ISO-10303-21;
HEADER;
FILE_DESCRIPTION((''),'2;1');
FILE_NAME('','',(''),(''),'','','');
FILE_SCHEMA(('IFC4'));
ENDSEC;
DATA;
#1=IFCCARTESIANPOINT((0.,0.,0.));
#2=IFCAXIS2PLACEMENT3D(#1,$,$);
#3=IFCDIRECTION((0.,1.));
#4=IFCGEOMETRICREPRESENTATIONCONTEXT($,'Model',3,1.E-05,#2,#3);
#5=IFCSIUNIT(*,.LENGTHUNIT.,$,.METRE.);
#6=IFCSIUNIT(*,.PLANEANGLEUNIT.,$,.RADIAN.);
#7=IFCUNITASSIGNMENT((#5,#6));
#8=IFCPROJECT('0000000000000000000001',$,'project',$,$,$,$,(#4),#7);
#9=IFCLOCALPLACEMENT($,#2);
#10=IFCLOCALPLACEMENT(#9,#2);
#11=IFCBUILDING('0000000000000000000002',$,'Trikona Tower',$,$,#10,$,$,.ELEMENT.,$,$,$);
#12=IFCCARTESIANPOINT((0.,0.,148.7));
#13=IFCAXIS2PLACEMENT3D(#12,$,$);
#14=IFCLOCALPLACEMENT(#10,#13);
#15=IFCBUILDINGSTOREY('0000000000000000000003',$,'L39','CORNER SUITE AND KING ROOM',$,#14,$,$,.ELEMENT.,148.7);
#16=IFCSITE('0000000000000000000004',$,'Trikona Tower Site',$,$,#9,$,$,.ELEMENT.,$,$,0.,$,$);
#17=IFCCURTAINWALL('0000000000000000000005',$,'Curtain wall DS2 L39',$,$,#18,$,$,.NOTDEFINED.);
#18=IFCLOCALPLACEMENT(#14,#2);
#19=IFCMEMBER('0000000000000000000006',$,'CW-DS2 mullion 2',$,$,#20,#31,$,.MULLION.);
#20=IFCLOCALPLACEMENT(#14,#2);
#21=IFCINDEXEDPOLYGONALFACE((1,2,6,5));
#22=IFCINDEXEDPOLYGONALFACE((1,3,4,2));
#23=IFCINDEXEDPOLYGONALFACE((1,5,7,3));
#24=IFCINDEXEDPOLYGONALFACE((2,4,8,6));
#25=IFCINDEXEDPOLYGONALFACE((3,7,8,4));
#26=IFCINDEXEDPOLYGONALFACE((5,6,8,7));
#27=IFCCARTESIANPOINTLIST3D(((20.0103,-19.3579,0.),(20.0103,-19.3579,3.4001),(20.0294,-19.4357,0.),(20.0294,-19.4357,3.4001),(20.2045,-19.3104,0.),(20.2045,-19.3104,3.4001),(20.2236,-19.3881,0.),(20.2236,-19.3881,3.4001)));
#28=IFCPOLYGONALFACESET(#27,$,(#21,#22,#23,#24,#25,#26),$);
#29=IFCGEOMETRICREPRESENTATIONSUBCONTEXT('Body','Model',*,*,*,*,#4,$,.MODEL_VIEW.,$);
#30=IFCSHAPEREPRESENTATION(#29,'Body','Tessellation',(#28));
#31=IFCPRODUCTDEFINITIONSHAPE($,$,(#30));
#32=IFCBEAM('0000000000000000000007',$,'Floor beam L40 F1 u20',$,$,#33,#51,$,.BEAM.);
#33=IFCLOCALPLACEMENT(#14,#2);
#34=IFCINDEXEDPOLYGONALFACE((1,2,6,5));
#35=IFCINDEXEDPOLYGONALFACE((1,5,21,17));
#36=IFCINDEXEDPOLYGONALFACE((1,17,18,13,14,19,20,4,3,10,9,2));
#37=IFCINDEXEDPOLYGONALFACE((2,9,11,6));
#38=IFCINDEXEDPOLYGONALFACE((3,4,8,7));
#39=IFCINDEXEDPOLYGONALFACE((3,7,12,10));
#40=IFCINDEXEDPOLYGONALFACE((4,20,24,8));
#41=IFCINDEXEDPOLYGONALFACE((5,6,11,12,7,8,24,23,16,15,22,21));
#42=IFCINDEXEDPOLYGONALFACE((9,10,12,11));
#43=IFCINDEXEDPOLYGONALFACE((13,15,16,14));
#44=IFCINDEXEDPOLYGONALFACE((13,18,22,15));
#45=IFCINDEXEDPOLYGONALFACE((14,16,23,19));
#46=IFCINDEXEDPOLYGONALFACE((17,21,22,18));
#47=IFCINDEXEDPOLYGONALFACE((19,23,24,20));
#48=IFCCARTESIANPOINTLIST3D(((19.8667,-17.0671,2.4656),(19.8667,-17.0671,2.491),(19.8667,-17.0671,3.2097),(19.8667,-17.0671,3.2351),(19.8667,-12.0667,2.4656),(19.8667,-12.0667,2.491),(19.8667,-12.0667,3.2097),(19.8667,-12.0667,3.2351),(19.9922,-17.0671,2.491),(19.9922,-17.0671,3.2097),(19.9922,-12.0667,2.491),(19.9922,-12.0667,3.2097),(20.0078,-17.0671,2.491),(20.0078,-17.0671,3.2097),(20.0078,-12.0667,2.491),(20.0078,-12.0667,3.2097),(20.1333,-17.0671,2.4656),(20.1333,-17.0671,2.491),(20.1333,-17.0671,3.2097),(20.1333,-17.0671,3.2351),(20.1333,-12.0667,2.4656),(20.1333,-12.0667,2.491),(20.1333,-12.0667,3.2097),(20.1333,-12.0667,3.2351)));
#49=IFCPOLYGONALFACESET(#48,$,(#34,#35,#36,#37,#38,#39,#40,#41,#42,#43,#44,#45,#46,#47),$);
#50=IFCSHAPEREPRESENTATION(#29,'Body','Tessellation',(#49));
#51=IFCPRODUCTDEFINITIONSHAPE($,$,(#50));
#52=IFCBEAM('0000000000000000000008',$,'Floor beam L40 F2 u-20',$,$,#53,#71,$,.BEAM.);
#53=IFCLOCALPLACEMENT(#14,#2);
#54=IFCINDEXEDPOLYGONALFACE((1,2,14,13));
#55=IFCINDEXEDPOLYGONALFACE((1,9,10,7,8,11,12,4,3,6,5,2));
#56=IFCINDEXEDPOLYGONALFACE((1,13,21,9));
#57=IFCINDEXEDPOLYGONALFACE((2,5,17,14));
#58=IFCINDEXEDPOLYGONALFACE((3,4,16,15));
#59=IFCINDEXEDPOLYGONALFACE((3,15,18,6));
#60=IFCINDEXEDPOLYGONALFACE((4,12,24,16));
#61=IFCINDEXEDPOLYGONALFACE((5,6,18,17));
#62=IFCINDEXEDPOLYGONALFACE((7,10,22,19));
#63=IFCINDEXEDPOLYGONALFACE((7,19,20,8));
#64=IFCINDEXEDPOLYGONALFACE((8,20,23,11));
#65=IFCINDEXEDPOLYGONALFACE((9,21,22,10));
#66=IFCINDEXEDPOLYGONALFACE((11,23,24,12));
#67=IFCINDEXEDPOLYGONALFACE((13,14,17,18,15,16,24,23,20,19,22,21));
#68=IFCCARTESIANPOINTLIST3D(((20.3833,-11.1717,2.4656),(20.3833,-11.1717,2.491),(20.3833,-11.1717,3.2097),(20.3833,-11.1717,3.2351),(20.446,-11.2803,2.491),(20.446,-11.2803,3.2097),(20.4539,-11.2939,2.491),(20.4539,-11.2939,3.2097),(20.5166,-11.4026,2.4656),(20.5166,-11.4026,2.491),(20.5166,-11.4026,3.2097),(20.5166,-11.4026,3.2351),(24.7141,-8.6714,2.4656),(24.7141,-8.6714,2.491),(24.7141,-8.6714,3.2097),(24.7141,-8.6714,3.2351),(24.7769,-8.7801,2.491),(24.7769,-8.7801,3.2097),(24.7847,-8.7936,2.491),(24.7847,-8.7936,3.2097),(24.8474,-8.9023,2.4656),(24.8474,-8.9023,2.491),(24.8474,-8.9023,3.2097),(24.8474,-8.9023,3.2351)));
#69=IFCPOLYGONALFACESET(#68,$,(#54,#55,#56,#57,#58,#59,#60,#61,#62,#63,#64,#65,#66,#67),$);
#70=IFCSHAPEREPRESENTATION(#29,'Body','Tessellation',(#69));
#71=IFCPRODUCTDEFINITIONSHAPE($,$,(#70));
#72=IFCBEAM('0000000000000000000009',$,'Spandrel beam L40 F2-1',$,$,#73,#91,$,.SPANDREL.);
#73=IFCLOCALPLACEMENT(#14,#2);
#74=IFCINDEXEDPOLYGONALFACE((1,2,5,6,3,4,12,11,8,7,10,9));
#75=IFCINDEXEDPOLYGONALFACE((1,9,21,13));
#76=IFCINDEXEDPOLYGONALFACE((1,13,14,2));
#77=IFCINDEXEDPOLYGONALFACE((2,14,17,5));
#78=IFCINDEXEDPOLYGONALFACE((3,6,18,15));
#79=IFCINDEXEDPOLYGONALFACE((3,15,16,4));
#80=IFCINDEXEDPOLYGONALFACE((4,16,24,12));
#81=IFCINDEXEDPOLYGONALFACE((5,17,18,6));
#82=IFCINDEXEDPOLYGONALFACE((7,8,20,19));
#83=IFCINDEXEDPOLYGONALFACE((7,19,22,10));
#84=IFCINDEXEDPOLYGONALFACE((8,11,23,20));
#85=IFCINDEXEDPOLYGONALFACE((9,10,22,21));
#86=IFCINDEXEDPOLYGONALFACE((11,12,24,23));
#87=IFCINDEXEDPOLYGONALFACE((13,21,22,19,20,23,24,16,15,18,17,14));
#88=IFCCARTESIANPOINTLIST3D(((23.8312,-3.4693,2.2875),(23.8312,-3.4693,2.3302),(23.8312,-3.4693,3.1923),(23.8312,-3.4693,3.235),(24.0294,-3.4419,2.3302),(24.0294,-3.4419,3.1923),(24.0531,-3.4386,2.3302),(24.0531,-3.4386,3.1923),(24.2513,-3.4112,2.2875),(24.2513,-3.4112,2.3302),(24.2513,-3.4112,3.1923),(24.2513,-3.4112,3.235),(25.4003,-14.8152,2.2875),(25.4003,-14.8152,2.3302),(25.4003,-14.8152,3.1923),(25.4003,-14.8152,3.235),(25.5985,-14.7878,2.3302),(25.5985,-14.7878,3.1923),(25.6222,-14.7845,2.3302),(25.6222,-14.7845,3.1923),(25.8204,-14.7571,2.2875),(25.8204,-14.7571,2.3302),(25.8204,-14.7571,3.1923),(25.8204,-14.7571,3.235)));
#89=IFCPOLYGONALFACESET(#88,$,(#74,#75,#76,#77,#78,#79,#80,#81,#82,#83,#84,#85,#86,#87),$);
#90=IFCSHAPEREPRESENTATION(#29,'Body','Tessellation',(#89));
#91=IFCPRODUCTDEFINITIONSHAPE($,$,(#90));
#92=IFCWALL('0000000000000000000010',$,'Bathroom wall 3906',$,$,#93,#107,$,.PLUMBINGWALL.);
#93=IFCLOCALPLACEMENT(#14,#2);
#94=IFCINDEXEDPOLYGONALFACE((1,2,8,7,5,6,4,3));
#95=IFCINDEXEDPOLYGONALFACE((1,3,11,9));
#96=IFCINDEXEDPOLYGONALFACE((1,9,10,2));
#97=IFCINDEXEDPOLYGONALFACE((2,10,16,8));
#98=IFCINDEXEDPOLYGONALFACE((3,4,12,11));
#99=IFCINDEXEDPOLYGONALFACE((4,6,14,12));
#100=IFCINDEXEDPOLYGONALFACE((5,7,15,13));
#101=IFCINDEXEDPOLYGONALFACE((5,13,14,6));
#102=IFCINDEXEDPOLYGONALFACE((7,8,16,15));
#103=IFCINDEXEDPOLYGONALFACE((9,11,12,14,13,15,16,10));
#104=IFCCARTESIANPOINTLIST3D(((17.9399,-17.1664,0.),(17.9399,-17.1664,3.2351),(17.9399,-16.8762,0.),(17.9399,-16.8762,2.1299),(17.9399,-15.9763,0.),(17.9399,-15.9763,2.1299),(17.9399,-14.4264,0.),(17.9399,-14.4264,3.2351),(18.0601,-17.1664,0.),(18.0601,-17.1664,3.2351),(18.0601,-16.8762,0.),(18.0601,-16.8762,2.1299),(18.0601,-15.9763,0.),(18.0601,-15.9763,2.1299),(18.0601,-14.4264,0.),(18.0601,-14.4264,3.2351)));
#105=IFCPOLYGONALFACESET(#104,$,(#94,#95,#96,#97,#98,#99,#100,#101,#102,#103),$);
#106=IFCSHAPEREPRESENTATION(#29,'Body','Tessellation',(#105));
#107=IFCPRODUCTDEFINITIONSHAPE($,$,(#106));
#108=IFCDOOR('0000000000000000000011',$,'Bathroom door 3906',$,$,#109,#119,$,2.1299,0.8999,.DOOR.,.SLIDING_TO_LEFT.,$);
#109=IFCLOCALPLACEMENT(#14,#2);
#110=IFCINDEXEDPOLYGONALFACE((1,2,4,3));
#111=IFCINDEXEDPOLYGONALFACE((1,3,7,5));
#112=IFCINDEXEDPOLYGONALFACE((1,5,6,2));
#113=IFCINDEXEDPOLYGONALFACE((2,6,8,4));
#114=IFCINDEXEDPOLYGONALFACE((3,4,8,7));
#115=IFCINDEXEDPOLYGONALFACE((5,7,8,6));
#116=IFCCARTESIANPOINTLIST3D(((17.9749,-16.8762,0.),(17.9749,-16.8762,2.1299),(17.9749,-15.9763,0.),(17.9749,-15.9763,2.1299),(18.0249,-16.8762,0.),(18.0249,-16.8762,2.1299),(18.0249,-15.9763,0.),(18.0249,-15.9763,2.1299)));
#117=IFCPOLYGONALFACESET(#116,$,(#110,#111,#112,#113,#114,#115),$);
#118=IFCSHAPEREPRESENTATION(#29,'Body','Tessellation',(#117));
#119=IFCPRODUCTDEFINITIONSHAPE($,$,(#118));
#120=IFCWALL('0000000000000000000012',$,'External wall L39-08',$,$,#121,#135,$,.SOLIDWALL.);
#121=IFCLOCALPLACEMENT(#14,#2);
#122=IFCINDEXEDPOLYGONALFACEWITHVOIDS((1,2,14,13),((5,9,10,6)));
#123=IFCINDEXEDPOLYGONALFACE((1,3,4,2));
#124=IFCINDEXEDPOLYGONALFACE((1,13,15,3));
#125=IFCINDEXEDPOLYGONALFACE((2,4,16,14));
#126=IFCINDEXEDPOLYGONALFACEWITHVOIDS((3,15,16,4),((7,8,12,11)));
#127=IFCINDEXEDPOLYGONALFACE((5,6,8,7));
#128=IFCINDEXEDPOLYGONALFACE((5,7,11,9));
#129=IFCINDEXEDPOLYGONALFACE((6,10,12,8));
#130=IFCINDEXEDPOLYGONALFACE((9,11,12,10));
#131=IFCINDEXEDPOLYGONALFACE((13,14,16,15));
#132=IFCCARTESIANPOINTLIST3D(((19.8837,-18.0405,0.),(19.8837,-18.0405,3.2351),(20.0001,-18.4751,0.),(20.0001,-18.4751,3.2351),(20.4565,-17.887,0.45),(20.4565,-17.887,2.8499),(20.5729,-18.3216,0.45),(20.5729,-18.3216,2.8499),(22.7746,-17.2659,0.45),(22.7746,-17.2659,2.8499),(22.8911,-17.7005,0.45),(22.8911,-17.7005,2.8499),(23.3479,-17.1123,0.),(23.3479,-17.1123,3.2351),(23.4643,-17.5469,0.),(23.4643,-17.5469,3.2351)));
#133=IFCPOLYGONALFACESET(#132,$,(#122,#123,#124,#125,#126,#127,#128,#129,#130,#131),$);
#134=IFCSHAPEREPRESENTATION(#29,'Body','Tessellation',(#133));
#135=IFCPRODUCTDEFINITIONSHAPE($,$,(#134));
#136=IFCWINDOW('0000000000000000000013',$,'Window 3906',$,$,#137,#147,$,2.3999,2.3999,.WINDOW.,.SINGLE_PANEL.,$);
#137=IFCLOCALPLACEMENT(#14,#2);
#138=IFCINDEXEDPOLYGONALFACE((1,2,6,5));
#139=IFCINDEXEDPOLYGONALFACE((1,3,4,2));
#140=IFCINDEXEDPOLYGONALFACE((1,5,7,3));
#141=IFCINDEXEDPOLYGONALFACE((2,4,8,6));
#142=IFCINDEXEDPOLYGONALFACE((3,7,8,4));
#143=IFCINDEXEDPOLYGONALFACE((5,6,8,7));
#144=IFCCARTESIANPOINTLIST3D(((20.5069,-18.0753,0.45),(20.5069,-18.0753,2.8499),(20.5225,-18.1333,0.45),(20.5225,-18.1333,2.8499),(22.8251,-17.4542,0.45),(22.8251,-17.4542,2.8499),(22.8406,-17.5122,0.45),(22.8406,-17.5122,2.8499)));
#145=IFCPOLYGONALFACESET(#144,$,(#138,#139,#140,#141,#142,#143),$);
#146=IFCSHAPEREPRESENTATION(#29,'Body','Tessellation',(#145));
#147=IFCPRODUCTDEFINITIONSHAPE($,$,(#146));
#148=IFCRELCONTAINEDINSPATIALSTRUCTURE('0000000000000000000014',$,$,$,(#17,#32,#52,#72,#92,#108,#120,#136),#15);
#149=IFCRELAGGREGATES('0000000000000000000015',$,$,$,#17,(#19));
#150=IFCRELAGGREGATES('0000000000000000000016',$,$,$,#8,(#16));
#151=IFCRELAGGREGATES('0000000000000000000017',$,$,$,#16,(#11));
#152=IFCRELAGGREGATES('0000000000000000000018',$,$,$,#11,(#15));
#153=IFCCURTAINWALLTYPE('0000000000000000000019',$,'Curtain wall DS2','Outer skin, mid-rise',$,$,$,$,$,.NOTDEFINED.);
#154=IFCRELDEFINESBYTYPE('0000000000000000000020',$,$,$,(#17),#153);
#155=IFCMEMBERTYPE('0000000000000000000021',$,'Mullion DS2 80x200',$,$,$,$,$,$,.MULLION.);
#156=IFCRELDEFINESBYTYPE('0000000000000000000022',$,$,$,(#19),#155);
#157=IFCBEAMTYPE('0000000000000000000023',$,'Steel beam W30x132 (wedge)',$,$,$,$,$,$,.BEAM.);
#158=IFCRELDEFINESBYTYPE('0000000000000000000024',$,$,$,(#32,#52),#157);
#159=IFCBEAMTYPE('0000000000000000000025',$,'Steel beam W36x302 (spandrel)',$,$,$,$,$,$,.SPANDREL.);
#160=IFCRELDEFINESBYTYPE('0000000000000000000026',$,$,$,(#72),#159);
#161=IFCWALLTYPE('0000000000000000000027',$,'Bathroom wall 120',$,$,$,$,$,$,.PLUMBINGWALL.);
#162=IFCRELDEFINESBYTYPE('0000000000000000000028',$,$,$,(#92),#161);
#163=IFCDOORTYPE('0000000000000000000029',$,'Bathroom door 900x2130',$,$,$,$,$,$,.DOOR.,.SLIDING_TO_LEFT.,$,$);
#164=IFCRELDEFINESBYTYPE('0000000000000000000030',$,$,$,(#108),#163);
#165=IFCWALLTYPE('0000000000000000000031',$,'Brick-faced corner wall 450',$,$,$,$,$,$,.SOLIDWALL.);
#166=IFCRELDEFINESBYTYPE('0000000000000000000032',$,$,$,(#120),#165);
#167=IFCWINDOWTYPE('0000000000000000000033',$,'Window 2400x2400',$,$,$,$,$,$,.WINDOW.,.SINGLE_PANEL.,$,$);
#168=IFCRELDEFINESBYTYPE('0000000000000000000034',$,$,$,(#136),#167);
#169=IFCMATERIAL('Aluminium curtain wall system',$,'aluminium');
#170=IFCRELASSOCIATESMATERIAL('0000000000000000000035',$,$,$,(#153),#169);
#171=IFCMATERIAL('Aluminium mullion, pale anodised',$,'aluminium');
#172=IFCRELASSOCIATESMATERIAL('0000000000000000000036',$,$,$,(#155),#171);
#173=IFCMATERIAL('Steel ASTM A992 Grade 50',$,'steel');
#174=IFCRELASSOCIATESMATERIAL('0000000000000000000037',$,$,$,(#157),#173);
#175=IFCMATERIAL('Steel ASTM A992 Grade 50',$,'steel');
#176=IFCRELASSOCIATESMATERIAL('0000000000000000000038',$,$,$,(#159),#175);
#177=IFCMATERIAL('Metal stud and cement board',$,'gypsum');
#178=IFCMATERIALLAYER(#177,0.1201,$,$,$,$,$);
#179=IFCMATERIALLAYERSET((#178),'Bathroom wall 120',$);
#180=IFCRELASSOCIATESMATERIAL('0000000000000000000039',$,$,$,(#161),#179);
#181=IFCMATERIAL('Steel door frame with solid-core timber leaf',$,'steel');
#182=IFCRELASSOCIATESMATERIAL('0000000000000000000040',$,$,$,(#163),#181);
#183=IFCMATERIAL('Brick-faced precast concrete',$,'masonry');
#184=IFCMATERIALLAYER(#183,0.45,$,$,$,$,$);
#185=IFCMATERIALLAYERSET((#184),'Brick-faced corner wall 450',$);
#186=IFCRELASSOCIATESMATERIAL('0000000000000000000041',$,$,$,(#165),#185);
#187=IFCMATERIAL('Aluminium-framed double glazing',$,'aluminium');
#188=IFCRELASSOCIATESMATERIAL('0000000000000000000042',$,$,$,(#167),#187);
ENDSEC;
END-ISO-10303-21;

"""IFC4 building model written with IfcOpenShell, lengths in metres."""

from ifc_helpers import new_model, si_unit, direction, frame, frame_2d, origin, origin_2d, place, context, subcontext, project, spatial, rectangle, i_section, extrude, material, layer, layer_set, material_profile, profile_set, type_object, element, fill, aggregate, save


model = new_model("IFC4")

# Units and contexts
model_context = context("Model", 3, precision=1e-05, world=origin(), true_north=direction((0.0, 1.0)))
body_context = subcontext(model_context, "Body", "Model", "MODEL_VIEW")
ifc_project = project(units=[si_unit("LENGTHUNIT", "METRE"), si_unit("PLANEANGLEUNIT", "RADIAN")], contexts=[model_context])

# Site, building, storey
site_placement = place(None, origin())
site = spatial("IfcSite", under=ifc_project, at=site_placement, Name="Trikona Tower Site", CompositionType="ELEMENT", RefElevation=0.0)
building_placement = place(site_placement, origin())
building = spatial("IfcBuilding", under=site, at=building_placement, Name="Trikona Tower", CompositionType="ELEMENT")
storey_placement = place(building_placement, frame((0.0, 0.0, 148.7)))
storey = spatial("IfcBuildingStorey", under=building, at=storey_placement, Name="L39", Description="CORNER SUITE AND KING ROOM", CompositionType="ELEMENT", Elevation=148.7)

# Curtain wall, member
ifc_material_1 = material(Name="Aluminium curtain wall system", Category="aluminium")
curtain_wall_type = type_object("IfcCurtainWallType", Name="Curtain wall DS2", Description="Outer skin, mid-rise", PredefinedType="NOTDEFINED", material=ifc_material_1)
curtain_wall_placement = place(storey_placement, origin())
curtain_wall = element("IfcCurtainWall", 1, at=curtain_wall_placement, inside=storey, type_object=curtain_wall_type, Name="Curtain wall DS2 L39", PredefinedType="NOTDEFINED")
ifc_material_2 = material(Name="Aluminium mullion, pale anodised", Category="aluminium")
ifc_material_profile_1 = material_profile(ifc_material_2, rectangle(XDim=0.0801, YDim=0.2, at=origin_2d()), Name="MUL-DS2")
ifc_profile_set_1 = profile_set([ifc_material_profile_1], Name="Aluminium mullion, pale anodised")
member_type = type_object("IfcMemberType", Name="Mullion DS2 80x200", PredefinedType="MULLION", material=ifc_profile_set_1)
member_placement = place(storey_placement, frame((20.1169, -19.373, 0.0), z_axis=(0.0, 0.0, 1.0), x_axis=(-0.23797, 0.971272, 0.0)))
member = element("IfcMember", 2, at=member_placement, type_object=member_type, Name="CW-DS2 mullion 2", PredefinedType="MULLION", context=body_context, shape_type="SweptSolid", body=[
    extrude(rectangle(XDim=0.0801, YDim=0.2, at=origin_2d()), origin(), (0.0, 0.0, 1.0), 3.4001),
])
aggregate(curtain_wall, [member])

# Beams
ifc_material_3 = material(Name="Steel ASTM A992 Grade 50", Category="steel")
ifc_material_profile_2 = material_profile(ifc_material_3, i_section(OverallWidth=0.2666, OverallDepth=0.7695, WebThickness=0.0156, FlangeThickness=0.0254, at=origin_2d()), Name="W30X132")
ifc_profile_set_2 = profile_set([ifc_material_profile_2], Name="Steel ASTM A992 Grade 50")
beam_type_1 = type_object("IfcBeamType", Name="Steel beam W30x132 (wedge)", PredefinedType="BEAM", material=ifc_profile_set_2)
beam_1_placement = place(storey_placement, frame((20.0, -12.0667, 2.8503), z_axis=(0.0, -1.0, 0.0), x_axis=(1.0, 0.0, 0.0)))
element("IfcBeam", 3, at=beam_1_placement, inside=storey, type_object=beam_type_1, Name="Floor beam L40 F1 u20", PredefinedType="BEAM", context=body_context, shape_type="SweptSolid", body=[
    extrude(i_section(OverallWidth=0.2666, OverallDepth=0.7695, WebThickness=0.0156, FlangeThickness=0.0254, at=origin_2d()), origin(), (0.0, 0.0, 1.0), 5.0005),
])
beam_2_placement = place(storey_placement, frame((20.45, -11.2871, 2.8503), z_axis=(0.866038, 0.499977, 0.0), x_axis=(-0.499977, 0.866038, 0.0)))
element("IfcBeam", 4, at=beam_2_placement, inside=storey, type_object=beam_type_1, Name="Floor beam L40 F2 u-20", PredefinedType="BEAM", context=body_context, shape_type="SweptSolid", body=[
    extrude(i_section(OverallWidth=0.2666, OverallDepth=0.7695, WebThickness=0.0156, FlangeThickness=0.0254, at=origin_2d()), origin(), (0.0, 0.0, 1.0), 5.0007),
])
ifc_material_4 = material(Name="Steel ASTM A992 Grade 50", Category="steel")
ifc_material_profile_3 = material_profile(ifc_material_4, i_section(OverallWidth=0.4241, OverallDepth=0.9475, WebThickness=0.0239, FlangeThickness=0.0427, at=origin_2d()), Name="W36X302")
ifc_profile_set_3 = profile_set([ifc_material_profile_3], Name="Steel ASTM A992 Grade 50")
beam_type_2 = type_object("IfcBeamType", Name="Steel beam W36x302 (spandrel)", PredefinedType="SPANDREL", material=ifc_profile_set_3)
beam_3_placement = place(storey_placement, frame((25.6104, -14.7861, 2.7612), z_axis=(-0.136992, 0.990572, 0.0), x_axis=(-0.990572, -0.136992, 0.0)))
element("IfcBeam", 5, at=beam_3_placement, inside=storey, type_object=beam_type_2, Name="Spandrel beam L40 F2-1", PredefinedType="SPANDREL", context=body_context, shape_type="SweptSolid", body=[
    extrude(i_section(OverallWidth=0.4241, OverallDepth=0.9475, WebThickness=0.0239, FlangeThickness=0.0427, at=origin_2d()), origin(), (0.0, 0.0, 1.0), 11.4539),
])

# Wall, opening, door
ifc_material_5 = material(Name="Metal stud and cement board", Category="gypsum")
ifc_layer_1 = layer(ifc_material_5, 0.1201)
ifc_layer_set_1 = layer_set([ifc_layer_1], Name="Bathroom wall 120")
wall_type_1 = type_object("IfcWallType", Name="Bathroom wall 120", PredefinedType="PLUMBINGWALL", material=ifc_layer_set_1)
wall_1_placement = place(storey_placement, frame((18.0, -14.4263, 0.0), z_axis=(0.0, 0.0, 1.0), x_axis=(0.0, -1.0, 0.0)))
wall_1 = element("IfcWall", 6, at=wall_1_placement, inside=storey, type_object=wall_type_1, Name="Bathroom wall 3906", PredefinedType="PLUMBINGWALL", context=body_context, shape_type="SweptSolid", body=[
    extrude(rectangle(XDim=2.74, YDim=0.1201, at=frame_2d((1.3701, 0.0))), origin(), (0.0, 0.0, 1.0), 3.2351),
])
opening_1_placement = place(wall_1_placement, frame((1.55, 0.0, 0.0)))
opening_1 = element("IfcOpeningElement", 7, at=opening_1_placement, cuts=wall_1, PredefinedType="OPENING", context=body_context, shape_type="SweptSolid", body=[
    extrude(rectangle(XDim=0.8999, YDim=2.1299, at=frame_2d((0.45, 1.0649))), frame((0.0, 0.0701, 0.0), z_axis=(0.0, -1.0, 0.0), x_axis=(1.0, 0.0, 0.0)), (0.0, 0.0, 1.0), 0.1401),
])
ifc_material_6 = material(Name="Steel door frame with solid-core timber leaf", Category="steel")
door_type_1 = type_object("IfcDoorType", Name="Bathroom door 900x2130", OperationType="SLIDING_TO_LEFT", PredefinedType="DOOR", material=ifc_material_6)
door_1_placement = place(opening_1_placement, origin())
door_1 = element("IfcDoor", 8, at=door_1_placement, inside=storey, type_object=door_type_1, Name="Bathroom door 3906", OperationType="SLIDING_TO_LEFT", OverallHeight=2.1299, OverallWidth=0.8999, PredefinedType="DOOR", context=body_context, shape_type="SweptSolid", body=[
    extrude(rectangle(XDim=0.8999, YDim=2.1299, at=frame_2d((0.45, 1.0649))), frame((0.0, 0.0249, 0.0), z_axis=(0.0, -1.0, 0.0), x_axis=(1.0, 0.0, 0.0)), (0.0, 0.0, 1.0), 0.05),
])
fill(opening_1, door_1)

# Wall, opening, window
ifc_material_7 = material(Name="Brick-faced precast concrete", Category="masonry")
ifc_layer_2 = layer(ifc_material_7, 0.45)
ifc_layer_set_2 = layer_set([ifc_layer_2], Name="Brick-faced corner wall 450")
wall_type_2 = type_object("IfcWallType", Name="Brick-faced corner wall 450", PredefinedType="SOLIDWALL", material=ifc_layer_set_2)
wall_2_placement = place(storey_placement, frame((19.9419, -18.2578, 0.0), z_axis=(0.0, 0.0, 1.0), x_axis=(0.965925, 0.258823, 0.0)))
wall_2 = element("IfcWall", 9, at=wall_2_placement, inside=storey, type_object=wall_type_2, Name="External wall L39-08", PredefinedType="SOLIDWALL", context=body_context, shape_type="SweptSolid", body=[
    extrude(rectangle(XDim=3.5864, YDim=0.45, at=frame_2d((1.7932, 0.0))), origin(), (0.0, 0.0, 1.0), 3.2351),
])
opening_2_placement = place(wall_2_placement, frame((0.593, 0.0, 0.45)))
opening_2 = element("IfcOpeningElement", 10, at=opening_2_placement, cuts=wall_2, PredefinedType="OPENING", context=body_context, shape_type="SweptSolid", body=[
    extrude(rectangle(XDim=2.3999, YDim=2.3999, at=frame_2d((1.2, 1.2))), frame((0.0, 0.2349, 0.0), z_axis=(0.0, -1.0, 0.0), x_axis=(1.0, 0.0, 0.0)), (0.0, 0.0, 1.0), 0.47),
])
ifc_material_8 = material(Name="Aluminium-framed double glazing", Category="aluminium")
window_type_1 = type_object("IfcWindowType", Name="Window 2400x2400", PartitioningType="SINGLE_PANEL", PredefinedType="WINDOW", material=ifc_material_8)
window_1_placement = place(opening_2_placement, origin())
window_1 = element("IfcWindow", 11, at=window_1_placement, inside=storey, type_object=window_type_1, Name="Window 3906", OverallHeight=2.3999, OverallWidth=2.3999, PartitioningType="SINGLE_PANEL", PredefinedType="WINDOW", context=body_context, shape_type="SweptSolid", body=[
    extrude(rectangle(XDim=2.3999, YDim=2.3999, at=frame_2d((1.2, 1.2))), frame((0.0, 0.03, 0.0), z_axis=(0.0, -1.0, 0.0), x_axis=(1.0, 0.0, 0.0)), (0.0, 0.0, 1.0), 0.0601),
])
fill(opening_2, window_1)

save(model, "model.ifc")
